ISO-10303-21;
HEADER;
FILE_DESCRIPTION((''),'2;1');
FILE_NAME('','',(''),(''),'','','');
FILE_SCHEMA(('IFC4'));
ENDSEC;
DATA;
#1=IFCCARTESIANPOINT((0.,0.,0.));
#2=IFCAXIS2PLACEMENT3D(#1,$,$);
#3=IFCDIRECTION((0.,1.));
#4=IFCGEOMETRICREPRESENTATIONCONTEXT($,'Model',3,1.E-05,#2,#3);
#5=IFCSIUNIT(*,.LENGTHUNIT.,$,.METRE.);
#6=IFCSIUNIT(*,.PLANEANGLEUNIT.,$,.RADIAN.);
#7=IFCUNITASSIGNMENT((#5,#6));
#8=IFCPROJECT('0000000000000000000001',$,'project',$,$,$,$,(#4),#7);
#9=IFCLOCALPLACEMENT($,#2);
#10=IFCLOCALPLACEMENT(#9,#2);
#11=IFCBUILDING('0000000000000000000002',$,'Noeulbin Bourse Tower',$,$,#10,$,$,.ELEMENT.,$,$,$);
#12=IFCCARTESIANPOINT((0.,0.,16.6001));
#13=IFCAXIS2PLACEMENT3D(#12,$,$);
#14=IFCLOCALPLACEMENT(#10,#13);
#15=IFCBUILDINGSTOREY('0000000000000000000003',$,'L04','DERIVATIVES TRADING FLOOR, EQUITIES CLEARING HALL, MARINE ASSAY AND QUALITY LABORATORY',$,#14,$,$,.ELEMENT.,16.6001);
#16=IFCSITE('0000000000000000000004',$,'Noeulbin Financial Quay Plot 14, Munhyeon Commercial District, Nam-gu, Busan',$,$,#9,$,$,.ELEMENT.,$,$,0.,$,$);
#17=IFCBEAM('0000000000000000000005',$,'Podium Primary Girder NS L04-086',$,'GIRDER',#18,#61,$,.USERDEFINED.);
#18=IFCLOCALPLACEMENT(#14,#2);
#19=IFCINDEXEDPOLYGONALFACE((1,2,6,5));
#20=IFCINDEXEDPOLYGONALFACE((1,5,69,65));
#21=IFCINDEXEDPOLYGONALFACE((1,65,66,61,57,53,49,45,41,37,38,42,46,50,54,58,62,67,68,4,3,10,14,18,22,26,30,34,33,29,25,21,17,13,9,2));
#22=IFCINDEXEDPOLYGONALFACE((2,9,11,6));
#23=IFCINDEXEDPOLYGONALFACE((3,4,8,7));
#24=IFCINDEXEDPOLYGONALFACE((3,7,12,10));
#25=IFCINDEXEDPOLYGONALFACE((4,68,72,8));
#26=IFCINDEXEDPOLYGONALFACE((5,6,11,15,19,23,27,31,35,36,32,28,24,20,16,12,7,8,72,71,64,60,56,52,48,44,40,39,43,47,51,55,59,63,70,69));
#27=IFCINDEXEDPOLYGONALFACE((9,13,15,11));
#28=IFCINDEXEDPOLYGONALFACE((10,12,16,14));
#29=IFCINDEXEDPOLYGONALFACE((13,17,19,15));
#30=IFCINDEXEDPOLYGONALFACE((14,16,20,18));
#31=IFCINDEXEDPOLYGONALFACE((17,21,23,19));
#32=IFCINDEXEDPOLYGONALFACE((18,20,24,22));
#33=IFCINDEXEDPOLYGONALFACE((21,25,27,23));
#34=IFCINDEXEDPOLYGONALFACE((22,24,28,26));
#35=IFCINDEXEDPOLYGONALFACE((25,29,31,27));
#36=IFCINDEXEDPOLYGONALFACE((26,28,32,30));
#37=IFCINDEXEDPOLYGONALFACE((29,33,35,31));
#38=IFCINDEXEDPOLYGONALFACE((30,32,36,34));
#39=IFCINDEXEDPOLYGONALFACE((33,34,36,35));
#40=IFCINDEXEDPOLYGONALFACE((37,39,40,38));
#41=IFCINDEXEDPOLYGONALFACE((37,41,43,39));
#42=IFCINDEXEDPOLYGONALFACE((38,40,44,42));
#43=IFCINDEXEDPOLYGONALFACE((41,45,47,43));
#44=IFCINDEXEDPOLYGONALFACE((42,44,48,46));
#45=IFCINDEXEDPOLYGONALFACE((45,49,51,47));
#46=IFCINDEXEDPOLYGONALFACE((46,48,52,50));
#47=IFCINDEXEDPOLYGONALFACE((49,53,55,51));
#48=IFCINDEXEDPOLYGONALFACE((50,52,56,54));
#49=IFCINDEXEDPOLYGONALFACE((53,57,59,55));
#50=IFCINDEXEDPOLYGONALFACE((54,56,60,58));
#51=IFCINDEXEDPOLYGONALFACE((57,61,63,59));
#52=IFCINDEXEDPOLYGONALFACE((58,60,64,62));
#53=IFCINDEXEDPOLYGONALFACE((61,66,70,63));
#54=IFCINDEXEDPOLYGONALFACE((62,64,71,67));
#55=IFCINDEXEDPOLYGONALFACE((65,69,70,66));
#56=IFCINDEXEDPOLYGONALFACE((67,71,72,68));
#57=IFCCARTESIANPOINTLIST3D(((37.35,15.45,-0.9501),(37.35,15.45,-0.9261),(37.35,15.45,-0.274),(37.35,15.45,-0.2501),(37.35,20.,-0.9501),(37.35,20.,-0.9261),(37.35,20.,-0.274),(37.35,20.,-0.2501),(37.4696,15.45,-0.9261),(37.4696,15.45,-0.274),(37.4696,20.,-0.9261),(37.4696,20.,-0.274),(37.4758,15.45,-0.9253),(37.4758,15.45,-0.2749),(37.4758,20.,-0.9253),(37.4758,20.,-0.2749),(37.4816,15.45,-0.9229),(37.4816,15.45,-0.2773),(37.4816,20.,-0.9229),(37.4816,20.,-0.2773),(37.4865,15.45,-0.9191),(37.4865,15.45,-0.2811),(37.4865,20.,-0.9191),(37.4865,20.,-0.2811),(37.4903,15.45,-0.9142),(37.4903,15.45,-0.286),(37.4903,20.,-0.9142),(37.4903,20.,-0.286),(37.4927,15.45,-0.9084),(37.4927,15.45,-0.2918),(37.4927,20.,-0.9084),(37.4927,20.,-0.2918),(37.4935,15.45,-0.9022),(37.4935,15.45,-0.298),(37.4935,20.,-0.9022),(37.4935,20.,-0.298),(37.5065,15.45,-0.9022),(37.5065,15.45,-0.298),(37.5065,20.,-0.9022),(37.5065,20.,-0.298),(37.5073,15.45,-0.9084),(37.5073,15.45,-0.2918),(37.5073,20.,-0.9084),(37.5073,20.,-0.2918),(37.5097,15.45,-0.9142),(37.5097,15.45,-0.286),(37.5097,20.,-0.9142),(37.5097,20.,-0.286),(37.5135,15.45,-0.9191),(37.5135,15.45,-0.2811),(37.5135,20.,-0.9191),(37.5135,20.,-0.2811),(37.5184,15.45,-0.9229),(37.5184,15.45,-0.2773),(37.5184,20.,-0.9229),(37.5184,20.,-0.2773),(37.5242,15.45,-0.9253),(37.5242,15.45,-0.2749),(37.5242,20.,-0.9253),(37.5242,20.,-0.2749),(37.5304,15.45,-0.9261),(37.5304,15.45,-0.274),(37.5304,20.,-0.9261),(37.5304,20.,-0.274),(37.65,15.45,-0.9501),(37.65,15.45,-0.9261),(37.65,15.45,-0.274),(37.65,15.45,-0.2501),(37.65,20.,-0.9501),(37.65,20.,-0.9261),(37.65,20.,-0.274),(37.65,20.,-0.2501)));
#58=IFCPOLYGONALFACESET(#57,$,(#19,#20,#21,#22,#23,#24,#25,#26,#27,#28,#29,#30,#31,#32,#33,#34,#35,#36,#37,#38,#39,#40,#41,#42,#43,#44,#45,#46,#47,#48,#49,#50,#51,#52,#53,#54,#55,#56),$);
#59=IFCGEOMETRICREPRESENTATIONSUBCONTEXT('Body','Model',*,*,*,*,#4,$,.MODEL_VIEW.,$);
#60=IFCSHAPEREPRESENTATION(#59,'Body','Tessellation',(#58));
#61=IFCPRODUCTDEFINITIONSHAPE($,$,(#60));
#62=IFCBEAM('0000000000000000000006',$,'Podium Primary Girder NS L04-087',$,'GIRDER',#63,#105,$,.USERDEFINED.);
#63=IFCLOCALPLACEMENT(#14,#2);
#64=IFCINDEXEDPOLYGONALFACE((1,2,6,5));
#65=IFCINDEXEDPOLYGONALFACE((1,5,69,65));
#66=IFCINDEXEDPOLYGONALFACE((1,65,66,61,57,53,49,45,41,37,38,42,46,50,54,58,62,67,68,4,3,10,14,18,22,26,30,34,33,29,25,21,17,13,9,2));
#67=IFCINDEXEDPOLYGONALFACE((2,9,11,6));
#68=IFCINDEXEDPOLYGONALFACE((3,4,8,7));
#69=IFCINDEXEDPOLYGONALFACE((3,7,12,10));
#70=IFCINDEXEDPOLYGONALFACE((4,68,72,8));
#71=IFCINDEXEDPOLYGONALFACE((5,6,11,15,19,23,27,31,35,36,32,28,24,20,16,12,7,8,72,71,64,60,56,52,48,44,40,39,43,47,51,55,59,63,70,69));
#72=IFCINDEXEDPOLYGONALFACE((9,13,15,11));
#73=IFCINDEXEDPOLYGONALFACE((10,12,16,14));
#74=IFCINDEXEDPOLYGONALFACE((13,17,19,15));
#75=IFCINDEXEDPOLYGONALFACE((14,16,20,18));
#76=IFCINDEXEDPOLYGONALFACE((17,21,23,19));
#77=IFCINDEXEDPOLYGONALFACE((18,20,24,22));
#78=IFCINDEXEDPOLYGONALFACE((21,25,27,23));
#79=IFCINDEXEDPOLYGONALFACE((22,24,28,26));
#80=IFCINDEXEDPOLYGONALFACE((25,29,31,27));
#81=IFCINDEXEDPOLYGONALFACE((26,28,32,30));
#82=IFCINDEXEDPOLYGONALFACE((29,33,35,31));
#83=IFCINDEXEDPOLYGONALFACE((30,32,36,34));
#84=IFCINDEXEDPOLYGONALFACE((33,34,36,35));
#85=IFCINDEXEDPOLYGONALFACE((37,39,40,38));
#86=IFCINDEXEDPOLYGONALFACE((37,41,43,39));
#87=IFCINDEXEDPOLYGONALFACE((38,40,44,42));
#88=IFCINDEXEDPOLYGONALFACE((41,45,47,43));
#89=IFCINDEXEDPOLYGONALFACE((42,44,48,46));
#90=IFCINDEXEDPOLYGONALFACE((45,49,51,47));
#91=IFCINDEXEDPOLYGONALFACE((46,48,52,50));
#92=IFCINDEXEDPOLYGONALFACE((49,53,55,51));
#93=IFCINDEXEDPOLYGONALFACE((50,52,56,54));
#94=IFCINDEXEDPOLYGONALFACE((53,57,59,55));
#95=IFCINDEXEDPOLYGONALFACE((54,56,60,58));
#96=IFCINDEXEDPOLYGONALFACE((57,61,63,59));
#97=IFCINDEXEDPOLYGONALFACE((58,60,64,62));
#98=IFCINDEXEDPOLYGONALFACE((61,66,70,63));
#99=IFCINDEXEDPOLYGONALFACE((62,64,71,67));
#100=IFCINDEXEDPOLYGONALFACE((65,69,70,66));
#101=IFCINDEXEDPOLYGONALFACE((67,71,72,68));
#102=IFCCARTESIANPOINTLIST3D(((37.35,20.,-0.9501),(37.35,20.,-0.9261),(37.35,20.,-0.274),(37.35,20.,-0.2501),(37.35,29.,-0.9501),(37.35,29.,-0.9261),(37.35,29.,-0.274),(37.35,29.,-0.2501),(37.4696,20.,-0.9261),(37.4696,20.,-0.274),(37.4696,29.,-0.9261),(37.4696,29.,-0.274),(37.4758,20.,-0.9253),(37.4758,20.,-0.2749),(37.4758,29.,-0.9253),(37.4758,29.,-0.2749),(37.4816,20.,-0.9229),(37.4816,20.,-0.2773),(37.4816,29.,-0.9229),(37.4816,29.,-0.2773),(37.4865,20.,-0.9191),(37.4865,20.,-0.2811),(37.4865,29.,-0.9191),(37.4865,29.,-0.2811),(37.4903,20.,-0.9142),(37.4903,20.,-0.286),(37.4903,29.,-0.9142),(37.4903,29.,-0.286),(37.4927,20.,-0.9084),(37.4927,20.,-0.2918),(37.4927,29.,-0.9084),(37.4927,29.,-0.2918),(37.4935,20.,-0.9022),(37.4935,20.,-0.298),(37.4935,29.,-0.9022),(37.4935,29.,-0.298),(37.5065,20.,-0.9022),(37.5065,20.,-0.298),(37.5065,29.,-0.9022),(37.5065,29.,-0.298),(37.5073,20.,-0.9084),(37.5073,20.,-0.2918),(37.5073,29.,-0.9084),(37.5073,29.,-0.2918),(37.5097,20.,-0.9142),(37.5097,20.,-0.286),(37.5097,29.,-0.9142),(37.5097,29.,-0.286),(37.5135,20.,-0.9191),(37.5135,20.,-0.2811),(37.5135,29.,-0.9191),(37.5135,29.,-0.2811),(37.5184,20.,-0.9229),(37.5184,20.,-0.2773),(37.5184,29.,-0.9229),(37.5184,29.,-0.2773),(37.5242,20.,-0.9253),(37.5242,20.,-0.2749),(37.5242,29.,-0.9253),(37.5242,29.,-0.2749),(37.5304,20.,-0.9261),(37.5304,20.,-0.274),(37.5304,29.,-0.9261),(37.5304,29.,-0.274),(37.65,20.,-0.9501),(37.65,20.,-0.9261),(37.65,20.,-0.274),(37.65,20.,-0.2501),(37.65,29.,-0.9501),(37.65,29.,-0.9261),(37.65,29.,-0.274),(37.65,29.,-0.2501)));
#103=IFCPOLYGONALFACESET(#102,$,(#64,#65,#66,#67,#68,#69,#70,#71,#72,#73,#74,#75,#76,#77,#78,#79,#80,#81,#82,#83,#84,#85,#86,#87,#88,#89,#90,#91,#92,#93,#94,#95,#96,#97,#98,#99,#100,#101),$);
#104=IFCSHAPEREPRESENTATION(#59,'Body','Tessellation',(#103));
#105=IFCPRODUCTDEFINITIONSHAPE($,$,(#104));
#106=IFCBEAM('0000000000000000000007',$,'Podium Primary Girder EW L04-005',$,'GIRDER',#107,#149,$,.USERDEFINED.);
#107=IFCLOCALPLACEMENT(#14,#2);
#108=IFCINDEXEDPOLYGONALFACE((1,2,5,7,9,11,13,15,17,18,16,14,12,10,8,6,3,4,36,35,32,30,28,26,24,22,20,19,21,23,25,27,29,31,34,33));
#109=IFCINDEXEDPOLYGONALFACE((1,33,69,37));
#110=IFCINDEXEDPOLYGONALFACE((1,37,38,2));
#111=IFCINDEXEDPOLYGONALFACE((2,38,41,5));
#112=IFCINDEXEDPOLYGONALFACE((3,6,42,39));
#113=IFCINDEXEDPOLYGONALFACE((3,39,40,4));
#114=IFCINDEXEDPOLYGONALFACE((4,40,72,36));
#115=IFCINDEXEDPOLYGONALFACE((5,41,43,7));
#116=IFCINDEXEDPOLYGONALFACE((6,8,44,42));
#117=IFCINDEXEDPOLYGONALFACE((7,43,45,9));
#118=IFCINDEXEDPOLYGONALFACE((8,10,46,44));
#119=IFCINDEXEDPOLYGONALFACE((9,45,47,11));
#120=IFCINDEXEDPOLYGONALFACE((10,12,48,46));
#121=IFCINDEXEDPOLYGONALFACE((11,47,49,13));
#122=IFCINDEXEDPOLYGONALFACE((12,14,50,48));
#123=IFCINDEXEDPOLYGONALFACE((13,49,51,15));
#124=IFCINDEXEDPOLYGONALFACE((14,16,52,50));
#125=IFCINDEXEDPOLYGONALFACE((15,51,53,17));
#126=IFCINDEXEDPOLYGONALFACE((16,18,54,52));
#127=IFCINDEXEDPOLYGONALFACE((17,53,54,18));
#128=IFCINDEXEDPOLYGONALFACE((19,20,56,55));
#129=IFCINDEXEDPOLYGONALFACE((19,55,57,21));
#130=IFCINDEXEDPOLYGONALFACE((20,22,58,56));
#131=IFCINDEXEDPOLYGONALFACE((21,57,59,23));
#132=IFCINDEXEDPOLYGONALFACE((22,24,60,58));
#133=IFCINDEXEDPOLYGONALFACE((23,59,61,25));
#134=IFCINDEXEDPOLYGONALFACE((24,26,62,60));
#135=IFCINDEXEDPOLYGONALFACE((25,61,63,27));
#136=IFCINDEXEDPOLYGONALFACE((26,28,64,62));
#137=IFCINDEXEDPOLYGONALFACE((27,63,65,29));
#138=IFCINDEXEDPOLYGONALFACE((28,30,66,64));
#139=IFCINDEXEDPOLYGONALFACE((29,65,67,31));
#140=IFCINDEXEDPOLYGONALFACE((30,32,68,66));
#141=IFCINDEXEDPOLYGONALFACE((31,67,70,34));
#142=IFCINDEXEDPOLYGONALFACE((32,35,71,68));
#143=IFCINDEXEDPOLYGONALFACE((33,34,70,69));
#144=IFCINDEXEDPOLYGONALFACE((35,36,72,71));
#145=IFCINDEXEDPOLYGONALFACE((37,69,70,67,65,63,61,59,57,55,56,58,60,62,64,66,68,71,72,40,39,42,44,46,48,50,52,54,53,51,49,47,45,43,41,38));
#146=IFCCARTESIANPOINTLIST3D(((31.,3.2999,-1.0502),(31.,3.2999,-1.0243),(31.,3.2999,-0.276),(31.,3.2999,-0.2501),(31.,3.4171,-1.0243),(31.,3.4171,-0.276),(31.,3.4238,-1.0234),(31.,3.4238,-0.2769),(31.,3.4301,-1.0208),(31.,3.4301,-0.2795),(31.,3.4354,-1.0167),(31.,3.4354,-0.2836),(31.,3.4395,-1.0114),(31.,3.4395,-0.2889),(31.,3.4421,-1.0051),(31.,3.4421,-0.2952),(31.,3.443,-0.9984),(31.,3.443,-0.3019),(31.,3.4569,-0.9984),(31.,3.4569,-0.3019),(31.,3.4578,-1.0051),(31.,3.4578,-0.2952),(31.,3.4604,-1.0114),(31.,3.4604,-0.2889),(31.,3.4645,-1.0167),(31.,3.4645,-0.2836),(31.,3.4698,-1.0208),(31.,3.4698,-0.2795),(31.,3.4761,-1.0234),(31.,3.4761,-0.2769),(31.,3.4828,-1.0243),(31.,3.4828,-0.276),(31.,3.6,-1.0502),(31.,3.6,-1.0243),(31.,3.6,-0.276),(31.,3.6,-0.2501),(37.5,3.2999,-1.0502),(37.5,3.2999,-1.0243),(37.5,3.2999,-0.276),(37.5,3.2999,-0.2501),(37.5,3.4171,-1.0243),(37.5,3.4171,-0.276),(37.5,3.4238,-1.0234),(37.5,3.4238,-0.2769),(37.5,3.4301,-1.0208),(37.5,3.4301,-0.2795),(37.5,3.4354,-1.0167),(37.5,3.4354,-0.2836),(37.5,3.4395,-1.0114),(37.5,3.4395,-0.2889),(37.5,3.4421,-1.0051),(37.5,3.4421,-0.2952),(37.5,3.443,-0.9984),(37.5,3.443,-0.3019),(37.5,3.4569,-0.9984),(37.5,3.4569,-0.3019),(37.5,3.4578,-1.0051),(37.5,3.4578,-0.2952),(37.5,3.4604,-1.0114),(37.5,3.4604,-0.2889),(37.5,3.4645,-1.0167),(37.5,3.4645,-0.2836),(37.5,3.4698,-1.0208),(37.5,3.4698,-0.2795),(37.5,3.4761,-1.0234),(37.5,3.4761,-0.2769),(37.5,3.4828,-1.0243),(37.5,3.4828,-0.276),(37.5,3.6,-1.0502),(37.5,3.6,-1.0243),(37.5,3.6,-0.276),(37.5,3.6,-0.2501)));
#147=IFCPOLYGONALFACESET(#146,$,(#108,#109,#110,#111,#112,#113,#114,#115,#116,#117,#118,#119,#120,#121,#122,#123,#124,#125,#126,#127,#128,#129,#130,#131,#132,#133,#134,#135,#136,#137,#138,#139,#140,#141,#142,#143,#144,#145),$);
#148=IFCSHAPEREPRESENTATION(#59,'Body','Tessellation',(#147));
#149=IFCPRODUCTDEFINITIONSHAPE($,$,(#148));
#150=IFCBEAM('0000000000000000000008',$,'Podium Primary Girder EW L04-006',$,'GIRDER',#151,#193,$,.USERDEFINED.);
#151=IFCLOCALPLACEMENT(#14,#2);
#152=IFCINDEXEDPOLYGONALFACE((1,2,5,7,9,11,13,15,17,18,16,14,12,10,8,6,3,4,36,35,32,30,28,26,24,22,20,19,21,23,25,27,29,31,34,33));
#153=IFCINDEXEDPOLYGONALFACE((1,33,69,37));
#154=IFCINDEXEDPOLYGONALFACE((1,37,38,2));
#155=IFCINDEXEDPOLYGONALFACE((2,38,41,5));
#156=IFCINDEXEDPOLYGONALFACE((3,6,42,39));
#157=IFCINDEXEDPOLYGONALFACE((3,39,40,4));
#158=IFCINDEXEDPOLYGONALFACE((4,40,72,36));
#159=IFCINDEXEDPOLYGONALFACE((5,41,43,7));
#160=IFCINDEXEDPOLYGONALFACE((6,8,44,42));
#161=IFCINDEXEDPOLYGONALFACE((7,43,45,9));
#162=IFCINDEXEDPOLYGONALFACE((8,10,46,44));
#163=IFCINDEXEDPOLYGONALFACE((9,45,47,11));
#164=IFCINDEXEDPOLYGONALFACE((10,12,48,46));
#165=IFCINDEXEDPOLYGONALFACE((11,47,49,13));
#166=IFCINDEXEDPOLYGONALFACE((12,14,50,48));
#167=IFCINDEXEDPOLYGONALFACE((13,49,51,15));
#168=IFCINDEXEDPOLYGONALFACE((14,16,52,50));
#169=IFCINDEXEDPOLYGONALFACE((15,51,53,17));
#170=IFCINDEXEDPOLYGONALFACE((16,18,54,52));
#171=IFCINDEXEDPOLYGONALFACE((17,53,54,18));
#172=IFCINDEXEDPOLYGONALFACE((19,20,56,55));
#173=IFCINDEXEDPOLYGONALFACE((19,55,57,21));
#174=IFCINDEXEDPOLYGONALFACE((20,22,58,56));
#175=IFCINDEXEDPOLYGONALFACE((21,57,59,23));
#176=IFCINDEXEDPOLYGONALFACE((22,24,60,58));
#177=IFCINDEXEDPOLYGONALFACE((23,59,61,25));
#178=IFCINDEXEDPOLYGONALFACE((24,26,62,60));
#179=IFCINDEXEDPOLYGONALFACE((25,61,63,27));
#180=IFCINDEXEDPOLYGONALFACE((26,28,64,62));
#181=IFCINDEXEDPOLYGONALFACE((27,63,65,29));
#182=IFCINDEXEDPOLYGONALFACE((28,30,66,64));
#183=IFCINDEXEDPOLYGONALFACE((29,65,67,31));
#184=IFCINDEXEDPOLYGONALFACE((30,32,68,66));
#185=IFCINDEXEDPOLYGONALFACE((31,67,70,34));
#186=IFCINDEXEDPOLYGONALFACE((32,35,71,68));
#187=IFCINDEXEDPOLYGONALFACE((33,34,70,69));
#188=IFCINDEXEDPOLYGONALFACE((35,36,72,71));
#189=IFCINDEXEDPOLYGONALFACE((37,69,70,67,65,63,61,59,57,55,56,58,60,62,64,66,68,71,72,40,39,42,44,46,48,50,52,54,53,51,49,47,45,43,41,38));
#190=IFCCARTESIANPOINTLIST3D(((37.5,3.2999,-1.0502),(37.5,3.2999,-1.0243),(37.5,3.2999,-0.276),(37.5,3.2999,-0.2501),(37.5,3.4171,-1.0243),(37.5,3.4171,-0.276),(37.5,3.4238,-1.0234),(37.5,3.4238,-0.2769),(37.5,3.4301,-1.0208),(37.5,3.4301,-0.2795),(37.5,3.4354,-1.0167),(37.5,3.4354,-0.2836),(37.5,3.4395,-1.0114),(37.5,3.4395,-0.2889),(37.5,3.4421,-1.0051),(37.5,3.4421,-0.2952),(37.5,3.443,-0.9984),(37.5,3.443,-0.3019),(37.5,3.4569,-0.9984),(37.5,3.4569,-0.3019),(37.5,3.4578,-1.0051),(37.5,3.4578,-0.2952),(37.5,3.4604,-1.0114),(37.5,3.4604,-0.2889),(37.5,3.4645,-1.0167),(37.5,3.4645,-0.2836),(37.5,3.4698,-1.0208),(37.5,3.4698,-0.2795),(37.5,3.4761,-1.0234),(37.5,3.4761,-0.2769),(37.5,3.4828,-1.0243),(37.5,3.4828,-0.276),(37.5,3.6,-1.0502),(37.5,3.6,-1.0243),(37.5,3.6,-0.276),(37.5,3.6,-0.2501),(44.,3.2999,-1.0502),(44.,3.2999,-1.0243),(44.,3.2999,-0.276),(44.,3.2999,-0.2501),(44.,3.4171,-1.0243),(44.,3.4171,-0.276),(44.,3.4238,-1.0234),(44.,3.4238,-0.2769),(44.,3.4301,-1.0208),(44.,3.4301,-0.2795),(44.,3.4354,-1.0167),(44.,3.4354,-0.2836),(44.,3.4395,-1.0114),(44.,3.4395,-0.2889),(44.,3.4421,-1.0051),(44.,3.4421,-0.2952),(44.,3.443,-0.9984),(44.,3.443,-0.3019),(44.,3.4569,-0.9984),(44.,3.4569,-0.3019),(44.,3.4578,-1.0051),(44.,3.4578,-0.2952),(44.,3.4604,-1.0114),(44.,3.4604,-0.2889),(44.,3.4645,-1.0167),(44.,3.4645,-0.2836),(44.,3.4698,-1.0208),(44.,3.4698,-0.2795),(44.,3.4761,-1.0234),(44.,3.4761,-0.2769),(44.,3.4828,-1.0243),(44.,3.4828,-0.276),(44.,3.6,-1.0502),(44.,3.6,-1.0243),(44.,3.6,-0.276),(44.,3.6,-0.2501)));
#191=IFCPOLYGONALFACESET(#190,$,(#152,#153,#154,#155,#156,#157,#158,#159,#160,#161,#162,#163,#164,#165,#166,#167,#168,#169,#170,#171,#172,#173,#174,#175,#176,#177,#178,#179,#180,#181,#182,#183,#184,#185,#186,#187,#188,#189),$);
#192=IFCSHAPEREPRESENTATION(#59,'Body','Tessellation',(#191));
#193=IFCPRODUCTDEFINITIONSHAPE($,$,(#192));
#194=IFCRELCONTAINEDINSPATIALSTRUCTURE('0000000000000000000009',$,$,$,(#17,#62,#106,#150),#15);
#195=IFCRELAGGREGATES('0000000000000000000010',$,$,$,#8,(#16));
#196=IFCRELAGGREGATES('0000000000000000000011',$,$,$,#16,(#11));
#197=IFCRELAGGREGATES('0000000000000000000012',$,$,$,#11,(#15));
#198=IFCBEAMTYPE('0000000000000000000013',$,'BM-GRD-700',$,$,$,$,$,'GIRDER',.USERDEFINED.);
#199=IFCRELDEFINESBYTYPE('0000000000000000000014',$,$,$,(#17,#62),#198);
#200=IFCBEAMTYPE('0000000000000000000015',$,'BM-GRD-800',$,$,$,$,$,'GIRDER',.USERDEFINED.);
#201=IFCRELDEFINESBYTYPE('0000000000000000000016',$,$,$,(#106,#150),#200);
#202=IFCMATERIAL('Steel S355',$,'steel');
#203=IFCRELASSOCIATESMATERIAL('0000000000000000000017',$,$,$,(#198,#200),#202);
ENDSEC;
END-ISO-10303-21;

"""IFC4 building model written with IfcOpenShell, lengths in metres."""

from ifc_helpers import new_model, si_unit, direction, frame, origin, origin_2d, place, context, subcontext, project, spatial, i_section, extrude, material, material_profile, profile_set, type_object, element, save


model = new_model("IFC4")

# Units and contexts
model_context = context("Model", 3, precision=1e-05, world=origin(), true_north=direction((0.0, 1.0)))
body_context = subcontext(model_context, "Body", "Model", "MODEL_VIEW")
ifc_project = project(units=[si_unit("LENGTHUNIT", "METRE"), si_unit("PLANEANGLEUNIT", "RADIAN")], contexts=[model_context])

# Site, building, storey
site_placement = place(None, origin())
site = spatial("IfcSite", under=ifc_project, at=site_placement, Name="Noeulbin Financial Quay Plot 14, Munhyeon Commercial District, Nam-gu, Busan", CompositionType="ELEMENT", RefElevation=0.0)
building_placement = place(site_placement, origin())
building = spatial("IfcBuilding", under=site, at=building_placement, Name="Noeulbin Bourse Tower", CompositionType="ELEMENT")
storey_placement = place(building_placement, frame((0.0, 0.0, 16.6001)))
storey = spatial("IfcBuildingStorey", under=building, at=storey_placement, Name="L04", Description="DERIVATIVES TRADING FLOOR, EQUITIES CLEARING HALL, MARINE ASSAY AND QUALITY LABORATORY", CompositionType="ELEMENT", Elevation=16.6001)

# Beams
ifc_material_1 = material(Name="Steel S355", Category="steel")
ifc_material_profile_1 = material_profile(ifc_material_1, i_section(OverallWidth=0.3, OverallDepth=0.7, WebThickness=0.0129, FlangeThickness=0.0239, FilletRadius=0.0239, at=origin_2d()), Name="H-700x300x13x24", Category="LoadBearing")
ifc_profile_set_1 = profile_set([ifc_material_profile_1], Name="Steel S355")
beam_type_1 = type_object("IfcBeamType", Name="BM-GRD-700", ElementType="GIRDER", PredefinedType="USERDEFINED", material=ifc_profile_set_1)
beam_1_placement = place(storey_placement, frame((37.5, 15.45, -0.6001), z_axis=(0.0, 1.0, 0.0), x_axis=(-1.0, 0.0, 0.0)))
element("IfcBeam", 1, at=beam_1_placement, inside=storey, type_object=beam_type_1, Name="Podium Primary Girder NS L04-086", ObjectType="GIRDER", PredefinedType="USERDEFINED", context=body_context, shape_type="SweptSolid", body=[
    extrude(i_section(OverallWidth=0.3, OverallDepth=0.7, WebThickness=0.0129, FlangeThickness=0.0239, FilletRadius=0.0239, at=origin_2d()), origin(), (0.0, 0.0, 1.0), 4.55),
])
beam_2_placement = place(storey_placement, frame((37.5, 20.0, -0.6001), z_axis=(0.0, 1.0, 0.0), x_axis=(-1.0, 0.0, 0.0)))
element("IfcBeam", 2, at=beam_2_placement, inside=storey, type_object=beam_type_1, Name="Podium Primary Girder NS L04-087", ObjectType="GIRDER", PredefinedType="USERDEFINED", context=body_context, shape_type="SweptSolid", body=[
    extrude(i_section(OverallWidth=0.3, OverallDepth=0.7, WebThickness=0.0129, FlangeThickness=0.0239, FilletRadius=0.0239, at=origin_2d()), origin(), (0.0, 0.0, 1.0), 9.0),
])
ifc_material_profile_2 = material_profile(ifc_material_1, i_section(OverallWidth=0.3, OverallDepth=0.8, WebThickness=0.0139, FlangeThickness=0.0259, FilletRadius=0.0259, at=origin_2d()), Name="H-800x300x14x26", Category="LoadBearing")
ifc_profile_set_2 = profile_set([ifc_material_profile_2], Name="Steel S355")
beam_type_2 = type_object("IfcBeamType", Name="BM-GRD-800", ElementType="GIRDER", PredefinedType="USERDEFINED", material=ifc_profile_set_2)
for number, where, z_axis, x_axis, name in (
    (3, (31.0, 3.45, -0.6501), (1.0, 0.0, 0.0), (0.0, 1.0, 0.0), "Podium Primary Girder EW L04-005"),
    (4, (37.5, 3.45, -0.6501), (1.0, 0.0, 0.0), (0.0, 1.0, 0.0), "Podium Primary Girder EW L04-006"),
):
    element("IfcBeam", number, at=place(storey_placement, frame(where, z_axis=z_axis, x_axis=x_axis)), inside=storey, type_object=beam_type_2, Name=name, ObjectType="GIRDER", PredefinedType="USERDEFINED", context=body_context, shape_type="SweptSolid", body=[
        extrude(i_section(OverallWidth=0.3, OverallDepth=0.8, WebThickness=0.0139, FlangeThickness=0.0259, FilletRadius=0.0259, at=origin_2d()), origin(), (0.0, 0.0, 1.0), 6.5),
    ])

save(model, "model.ifc")
